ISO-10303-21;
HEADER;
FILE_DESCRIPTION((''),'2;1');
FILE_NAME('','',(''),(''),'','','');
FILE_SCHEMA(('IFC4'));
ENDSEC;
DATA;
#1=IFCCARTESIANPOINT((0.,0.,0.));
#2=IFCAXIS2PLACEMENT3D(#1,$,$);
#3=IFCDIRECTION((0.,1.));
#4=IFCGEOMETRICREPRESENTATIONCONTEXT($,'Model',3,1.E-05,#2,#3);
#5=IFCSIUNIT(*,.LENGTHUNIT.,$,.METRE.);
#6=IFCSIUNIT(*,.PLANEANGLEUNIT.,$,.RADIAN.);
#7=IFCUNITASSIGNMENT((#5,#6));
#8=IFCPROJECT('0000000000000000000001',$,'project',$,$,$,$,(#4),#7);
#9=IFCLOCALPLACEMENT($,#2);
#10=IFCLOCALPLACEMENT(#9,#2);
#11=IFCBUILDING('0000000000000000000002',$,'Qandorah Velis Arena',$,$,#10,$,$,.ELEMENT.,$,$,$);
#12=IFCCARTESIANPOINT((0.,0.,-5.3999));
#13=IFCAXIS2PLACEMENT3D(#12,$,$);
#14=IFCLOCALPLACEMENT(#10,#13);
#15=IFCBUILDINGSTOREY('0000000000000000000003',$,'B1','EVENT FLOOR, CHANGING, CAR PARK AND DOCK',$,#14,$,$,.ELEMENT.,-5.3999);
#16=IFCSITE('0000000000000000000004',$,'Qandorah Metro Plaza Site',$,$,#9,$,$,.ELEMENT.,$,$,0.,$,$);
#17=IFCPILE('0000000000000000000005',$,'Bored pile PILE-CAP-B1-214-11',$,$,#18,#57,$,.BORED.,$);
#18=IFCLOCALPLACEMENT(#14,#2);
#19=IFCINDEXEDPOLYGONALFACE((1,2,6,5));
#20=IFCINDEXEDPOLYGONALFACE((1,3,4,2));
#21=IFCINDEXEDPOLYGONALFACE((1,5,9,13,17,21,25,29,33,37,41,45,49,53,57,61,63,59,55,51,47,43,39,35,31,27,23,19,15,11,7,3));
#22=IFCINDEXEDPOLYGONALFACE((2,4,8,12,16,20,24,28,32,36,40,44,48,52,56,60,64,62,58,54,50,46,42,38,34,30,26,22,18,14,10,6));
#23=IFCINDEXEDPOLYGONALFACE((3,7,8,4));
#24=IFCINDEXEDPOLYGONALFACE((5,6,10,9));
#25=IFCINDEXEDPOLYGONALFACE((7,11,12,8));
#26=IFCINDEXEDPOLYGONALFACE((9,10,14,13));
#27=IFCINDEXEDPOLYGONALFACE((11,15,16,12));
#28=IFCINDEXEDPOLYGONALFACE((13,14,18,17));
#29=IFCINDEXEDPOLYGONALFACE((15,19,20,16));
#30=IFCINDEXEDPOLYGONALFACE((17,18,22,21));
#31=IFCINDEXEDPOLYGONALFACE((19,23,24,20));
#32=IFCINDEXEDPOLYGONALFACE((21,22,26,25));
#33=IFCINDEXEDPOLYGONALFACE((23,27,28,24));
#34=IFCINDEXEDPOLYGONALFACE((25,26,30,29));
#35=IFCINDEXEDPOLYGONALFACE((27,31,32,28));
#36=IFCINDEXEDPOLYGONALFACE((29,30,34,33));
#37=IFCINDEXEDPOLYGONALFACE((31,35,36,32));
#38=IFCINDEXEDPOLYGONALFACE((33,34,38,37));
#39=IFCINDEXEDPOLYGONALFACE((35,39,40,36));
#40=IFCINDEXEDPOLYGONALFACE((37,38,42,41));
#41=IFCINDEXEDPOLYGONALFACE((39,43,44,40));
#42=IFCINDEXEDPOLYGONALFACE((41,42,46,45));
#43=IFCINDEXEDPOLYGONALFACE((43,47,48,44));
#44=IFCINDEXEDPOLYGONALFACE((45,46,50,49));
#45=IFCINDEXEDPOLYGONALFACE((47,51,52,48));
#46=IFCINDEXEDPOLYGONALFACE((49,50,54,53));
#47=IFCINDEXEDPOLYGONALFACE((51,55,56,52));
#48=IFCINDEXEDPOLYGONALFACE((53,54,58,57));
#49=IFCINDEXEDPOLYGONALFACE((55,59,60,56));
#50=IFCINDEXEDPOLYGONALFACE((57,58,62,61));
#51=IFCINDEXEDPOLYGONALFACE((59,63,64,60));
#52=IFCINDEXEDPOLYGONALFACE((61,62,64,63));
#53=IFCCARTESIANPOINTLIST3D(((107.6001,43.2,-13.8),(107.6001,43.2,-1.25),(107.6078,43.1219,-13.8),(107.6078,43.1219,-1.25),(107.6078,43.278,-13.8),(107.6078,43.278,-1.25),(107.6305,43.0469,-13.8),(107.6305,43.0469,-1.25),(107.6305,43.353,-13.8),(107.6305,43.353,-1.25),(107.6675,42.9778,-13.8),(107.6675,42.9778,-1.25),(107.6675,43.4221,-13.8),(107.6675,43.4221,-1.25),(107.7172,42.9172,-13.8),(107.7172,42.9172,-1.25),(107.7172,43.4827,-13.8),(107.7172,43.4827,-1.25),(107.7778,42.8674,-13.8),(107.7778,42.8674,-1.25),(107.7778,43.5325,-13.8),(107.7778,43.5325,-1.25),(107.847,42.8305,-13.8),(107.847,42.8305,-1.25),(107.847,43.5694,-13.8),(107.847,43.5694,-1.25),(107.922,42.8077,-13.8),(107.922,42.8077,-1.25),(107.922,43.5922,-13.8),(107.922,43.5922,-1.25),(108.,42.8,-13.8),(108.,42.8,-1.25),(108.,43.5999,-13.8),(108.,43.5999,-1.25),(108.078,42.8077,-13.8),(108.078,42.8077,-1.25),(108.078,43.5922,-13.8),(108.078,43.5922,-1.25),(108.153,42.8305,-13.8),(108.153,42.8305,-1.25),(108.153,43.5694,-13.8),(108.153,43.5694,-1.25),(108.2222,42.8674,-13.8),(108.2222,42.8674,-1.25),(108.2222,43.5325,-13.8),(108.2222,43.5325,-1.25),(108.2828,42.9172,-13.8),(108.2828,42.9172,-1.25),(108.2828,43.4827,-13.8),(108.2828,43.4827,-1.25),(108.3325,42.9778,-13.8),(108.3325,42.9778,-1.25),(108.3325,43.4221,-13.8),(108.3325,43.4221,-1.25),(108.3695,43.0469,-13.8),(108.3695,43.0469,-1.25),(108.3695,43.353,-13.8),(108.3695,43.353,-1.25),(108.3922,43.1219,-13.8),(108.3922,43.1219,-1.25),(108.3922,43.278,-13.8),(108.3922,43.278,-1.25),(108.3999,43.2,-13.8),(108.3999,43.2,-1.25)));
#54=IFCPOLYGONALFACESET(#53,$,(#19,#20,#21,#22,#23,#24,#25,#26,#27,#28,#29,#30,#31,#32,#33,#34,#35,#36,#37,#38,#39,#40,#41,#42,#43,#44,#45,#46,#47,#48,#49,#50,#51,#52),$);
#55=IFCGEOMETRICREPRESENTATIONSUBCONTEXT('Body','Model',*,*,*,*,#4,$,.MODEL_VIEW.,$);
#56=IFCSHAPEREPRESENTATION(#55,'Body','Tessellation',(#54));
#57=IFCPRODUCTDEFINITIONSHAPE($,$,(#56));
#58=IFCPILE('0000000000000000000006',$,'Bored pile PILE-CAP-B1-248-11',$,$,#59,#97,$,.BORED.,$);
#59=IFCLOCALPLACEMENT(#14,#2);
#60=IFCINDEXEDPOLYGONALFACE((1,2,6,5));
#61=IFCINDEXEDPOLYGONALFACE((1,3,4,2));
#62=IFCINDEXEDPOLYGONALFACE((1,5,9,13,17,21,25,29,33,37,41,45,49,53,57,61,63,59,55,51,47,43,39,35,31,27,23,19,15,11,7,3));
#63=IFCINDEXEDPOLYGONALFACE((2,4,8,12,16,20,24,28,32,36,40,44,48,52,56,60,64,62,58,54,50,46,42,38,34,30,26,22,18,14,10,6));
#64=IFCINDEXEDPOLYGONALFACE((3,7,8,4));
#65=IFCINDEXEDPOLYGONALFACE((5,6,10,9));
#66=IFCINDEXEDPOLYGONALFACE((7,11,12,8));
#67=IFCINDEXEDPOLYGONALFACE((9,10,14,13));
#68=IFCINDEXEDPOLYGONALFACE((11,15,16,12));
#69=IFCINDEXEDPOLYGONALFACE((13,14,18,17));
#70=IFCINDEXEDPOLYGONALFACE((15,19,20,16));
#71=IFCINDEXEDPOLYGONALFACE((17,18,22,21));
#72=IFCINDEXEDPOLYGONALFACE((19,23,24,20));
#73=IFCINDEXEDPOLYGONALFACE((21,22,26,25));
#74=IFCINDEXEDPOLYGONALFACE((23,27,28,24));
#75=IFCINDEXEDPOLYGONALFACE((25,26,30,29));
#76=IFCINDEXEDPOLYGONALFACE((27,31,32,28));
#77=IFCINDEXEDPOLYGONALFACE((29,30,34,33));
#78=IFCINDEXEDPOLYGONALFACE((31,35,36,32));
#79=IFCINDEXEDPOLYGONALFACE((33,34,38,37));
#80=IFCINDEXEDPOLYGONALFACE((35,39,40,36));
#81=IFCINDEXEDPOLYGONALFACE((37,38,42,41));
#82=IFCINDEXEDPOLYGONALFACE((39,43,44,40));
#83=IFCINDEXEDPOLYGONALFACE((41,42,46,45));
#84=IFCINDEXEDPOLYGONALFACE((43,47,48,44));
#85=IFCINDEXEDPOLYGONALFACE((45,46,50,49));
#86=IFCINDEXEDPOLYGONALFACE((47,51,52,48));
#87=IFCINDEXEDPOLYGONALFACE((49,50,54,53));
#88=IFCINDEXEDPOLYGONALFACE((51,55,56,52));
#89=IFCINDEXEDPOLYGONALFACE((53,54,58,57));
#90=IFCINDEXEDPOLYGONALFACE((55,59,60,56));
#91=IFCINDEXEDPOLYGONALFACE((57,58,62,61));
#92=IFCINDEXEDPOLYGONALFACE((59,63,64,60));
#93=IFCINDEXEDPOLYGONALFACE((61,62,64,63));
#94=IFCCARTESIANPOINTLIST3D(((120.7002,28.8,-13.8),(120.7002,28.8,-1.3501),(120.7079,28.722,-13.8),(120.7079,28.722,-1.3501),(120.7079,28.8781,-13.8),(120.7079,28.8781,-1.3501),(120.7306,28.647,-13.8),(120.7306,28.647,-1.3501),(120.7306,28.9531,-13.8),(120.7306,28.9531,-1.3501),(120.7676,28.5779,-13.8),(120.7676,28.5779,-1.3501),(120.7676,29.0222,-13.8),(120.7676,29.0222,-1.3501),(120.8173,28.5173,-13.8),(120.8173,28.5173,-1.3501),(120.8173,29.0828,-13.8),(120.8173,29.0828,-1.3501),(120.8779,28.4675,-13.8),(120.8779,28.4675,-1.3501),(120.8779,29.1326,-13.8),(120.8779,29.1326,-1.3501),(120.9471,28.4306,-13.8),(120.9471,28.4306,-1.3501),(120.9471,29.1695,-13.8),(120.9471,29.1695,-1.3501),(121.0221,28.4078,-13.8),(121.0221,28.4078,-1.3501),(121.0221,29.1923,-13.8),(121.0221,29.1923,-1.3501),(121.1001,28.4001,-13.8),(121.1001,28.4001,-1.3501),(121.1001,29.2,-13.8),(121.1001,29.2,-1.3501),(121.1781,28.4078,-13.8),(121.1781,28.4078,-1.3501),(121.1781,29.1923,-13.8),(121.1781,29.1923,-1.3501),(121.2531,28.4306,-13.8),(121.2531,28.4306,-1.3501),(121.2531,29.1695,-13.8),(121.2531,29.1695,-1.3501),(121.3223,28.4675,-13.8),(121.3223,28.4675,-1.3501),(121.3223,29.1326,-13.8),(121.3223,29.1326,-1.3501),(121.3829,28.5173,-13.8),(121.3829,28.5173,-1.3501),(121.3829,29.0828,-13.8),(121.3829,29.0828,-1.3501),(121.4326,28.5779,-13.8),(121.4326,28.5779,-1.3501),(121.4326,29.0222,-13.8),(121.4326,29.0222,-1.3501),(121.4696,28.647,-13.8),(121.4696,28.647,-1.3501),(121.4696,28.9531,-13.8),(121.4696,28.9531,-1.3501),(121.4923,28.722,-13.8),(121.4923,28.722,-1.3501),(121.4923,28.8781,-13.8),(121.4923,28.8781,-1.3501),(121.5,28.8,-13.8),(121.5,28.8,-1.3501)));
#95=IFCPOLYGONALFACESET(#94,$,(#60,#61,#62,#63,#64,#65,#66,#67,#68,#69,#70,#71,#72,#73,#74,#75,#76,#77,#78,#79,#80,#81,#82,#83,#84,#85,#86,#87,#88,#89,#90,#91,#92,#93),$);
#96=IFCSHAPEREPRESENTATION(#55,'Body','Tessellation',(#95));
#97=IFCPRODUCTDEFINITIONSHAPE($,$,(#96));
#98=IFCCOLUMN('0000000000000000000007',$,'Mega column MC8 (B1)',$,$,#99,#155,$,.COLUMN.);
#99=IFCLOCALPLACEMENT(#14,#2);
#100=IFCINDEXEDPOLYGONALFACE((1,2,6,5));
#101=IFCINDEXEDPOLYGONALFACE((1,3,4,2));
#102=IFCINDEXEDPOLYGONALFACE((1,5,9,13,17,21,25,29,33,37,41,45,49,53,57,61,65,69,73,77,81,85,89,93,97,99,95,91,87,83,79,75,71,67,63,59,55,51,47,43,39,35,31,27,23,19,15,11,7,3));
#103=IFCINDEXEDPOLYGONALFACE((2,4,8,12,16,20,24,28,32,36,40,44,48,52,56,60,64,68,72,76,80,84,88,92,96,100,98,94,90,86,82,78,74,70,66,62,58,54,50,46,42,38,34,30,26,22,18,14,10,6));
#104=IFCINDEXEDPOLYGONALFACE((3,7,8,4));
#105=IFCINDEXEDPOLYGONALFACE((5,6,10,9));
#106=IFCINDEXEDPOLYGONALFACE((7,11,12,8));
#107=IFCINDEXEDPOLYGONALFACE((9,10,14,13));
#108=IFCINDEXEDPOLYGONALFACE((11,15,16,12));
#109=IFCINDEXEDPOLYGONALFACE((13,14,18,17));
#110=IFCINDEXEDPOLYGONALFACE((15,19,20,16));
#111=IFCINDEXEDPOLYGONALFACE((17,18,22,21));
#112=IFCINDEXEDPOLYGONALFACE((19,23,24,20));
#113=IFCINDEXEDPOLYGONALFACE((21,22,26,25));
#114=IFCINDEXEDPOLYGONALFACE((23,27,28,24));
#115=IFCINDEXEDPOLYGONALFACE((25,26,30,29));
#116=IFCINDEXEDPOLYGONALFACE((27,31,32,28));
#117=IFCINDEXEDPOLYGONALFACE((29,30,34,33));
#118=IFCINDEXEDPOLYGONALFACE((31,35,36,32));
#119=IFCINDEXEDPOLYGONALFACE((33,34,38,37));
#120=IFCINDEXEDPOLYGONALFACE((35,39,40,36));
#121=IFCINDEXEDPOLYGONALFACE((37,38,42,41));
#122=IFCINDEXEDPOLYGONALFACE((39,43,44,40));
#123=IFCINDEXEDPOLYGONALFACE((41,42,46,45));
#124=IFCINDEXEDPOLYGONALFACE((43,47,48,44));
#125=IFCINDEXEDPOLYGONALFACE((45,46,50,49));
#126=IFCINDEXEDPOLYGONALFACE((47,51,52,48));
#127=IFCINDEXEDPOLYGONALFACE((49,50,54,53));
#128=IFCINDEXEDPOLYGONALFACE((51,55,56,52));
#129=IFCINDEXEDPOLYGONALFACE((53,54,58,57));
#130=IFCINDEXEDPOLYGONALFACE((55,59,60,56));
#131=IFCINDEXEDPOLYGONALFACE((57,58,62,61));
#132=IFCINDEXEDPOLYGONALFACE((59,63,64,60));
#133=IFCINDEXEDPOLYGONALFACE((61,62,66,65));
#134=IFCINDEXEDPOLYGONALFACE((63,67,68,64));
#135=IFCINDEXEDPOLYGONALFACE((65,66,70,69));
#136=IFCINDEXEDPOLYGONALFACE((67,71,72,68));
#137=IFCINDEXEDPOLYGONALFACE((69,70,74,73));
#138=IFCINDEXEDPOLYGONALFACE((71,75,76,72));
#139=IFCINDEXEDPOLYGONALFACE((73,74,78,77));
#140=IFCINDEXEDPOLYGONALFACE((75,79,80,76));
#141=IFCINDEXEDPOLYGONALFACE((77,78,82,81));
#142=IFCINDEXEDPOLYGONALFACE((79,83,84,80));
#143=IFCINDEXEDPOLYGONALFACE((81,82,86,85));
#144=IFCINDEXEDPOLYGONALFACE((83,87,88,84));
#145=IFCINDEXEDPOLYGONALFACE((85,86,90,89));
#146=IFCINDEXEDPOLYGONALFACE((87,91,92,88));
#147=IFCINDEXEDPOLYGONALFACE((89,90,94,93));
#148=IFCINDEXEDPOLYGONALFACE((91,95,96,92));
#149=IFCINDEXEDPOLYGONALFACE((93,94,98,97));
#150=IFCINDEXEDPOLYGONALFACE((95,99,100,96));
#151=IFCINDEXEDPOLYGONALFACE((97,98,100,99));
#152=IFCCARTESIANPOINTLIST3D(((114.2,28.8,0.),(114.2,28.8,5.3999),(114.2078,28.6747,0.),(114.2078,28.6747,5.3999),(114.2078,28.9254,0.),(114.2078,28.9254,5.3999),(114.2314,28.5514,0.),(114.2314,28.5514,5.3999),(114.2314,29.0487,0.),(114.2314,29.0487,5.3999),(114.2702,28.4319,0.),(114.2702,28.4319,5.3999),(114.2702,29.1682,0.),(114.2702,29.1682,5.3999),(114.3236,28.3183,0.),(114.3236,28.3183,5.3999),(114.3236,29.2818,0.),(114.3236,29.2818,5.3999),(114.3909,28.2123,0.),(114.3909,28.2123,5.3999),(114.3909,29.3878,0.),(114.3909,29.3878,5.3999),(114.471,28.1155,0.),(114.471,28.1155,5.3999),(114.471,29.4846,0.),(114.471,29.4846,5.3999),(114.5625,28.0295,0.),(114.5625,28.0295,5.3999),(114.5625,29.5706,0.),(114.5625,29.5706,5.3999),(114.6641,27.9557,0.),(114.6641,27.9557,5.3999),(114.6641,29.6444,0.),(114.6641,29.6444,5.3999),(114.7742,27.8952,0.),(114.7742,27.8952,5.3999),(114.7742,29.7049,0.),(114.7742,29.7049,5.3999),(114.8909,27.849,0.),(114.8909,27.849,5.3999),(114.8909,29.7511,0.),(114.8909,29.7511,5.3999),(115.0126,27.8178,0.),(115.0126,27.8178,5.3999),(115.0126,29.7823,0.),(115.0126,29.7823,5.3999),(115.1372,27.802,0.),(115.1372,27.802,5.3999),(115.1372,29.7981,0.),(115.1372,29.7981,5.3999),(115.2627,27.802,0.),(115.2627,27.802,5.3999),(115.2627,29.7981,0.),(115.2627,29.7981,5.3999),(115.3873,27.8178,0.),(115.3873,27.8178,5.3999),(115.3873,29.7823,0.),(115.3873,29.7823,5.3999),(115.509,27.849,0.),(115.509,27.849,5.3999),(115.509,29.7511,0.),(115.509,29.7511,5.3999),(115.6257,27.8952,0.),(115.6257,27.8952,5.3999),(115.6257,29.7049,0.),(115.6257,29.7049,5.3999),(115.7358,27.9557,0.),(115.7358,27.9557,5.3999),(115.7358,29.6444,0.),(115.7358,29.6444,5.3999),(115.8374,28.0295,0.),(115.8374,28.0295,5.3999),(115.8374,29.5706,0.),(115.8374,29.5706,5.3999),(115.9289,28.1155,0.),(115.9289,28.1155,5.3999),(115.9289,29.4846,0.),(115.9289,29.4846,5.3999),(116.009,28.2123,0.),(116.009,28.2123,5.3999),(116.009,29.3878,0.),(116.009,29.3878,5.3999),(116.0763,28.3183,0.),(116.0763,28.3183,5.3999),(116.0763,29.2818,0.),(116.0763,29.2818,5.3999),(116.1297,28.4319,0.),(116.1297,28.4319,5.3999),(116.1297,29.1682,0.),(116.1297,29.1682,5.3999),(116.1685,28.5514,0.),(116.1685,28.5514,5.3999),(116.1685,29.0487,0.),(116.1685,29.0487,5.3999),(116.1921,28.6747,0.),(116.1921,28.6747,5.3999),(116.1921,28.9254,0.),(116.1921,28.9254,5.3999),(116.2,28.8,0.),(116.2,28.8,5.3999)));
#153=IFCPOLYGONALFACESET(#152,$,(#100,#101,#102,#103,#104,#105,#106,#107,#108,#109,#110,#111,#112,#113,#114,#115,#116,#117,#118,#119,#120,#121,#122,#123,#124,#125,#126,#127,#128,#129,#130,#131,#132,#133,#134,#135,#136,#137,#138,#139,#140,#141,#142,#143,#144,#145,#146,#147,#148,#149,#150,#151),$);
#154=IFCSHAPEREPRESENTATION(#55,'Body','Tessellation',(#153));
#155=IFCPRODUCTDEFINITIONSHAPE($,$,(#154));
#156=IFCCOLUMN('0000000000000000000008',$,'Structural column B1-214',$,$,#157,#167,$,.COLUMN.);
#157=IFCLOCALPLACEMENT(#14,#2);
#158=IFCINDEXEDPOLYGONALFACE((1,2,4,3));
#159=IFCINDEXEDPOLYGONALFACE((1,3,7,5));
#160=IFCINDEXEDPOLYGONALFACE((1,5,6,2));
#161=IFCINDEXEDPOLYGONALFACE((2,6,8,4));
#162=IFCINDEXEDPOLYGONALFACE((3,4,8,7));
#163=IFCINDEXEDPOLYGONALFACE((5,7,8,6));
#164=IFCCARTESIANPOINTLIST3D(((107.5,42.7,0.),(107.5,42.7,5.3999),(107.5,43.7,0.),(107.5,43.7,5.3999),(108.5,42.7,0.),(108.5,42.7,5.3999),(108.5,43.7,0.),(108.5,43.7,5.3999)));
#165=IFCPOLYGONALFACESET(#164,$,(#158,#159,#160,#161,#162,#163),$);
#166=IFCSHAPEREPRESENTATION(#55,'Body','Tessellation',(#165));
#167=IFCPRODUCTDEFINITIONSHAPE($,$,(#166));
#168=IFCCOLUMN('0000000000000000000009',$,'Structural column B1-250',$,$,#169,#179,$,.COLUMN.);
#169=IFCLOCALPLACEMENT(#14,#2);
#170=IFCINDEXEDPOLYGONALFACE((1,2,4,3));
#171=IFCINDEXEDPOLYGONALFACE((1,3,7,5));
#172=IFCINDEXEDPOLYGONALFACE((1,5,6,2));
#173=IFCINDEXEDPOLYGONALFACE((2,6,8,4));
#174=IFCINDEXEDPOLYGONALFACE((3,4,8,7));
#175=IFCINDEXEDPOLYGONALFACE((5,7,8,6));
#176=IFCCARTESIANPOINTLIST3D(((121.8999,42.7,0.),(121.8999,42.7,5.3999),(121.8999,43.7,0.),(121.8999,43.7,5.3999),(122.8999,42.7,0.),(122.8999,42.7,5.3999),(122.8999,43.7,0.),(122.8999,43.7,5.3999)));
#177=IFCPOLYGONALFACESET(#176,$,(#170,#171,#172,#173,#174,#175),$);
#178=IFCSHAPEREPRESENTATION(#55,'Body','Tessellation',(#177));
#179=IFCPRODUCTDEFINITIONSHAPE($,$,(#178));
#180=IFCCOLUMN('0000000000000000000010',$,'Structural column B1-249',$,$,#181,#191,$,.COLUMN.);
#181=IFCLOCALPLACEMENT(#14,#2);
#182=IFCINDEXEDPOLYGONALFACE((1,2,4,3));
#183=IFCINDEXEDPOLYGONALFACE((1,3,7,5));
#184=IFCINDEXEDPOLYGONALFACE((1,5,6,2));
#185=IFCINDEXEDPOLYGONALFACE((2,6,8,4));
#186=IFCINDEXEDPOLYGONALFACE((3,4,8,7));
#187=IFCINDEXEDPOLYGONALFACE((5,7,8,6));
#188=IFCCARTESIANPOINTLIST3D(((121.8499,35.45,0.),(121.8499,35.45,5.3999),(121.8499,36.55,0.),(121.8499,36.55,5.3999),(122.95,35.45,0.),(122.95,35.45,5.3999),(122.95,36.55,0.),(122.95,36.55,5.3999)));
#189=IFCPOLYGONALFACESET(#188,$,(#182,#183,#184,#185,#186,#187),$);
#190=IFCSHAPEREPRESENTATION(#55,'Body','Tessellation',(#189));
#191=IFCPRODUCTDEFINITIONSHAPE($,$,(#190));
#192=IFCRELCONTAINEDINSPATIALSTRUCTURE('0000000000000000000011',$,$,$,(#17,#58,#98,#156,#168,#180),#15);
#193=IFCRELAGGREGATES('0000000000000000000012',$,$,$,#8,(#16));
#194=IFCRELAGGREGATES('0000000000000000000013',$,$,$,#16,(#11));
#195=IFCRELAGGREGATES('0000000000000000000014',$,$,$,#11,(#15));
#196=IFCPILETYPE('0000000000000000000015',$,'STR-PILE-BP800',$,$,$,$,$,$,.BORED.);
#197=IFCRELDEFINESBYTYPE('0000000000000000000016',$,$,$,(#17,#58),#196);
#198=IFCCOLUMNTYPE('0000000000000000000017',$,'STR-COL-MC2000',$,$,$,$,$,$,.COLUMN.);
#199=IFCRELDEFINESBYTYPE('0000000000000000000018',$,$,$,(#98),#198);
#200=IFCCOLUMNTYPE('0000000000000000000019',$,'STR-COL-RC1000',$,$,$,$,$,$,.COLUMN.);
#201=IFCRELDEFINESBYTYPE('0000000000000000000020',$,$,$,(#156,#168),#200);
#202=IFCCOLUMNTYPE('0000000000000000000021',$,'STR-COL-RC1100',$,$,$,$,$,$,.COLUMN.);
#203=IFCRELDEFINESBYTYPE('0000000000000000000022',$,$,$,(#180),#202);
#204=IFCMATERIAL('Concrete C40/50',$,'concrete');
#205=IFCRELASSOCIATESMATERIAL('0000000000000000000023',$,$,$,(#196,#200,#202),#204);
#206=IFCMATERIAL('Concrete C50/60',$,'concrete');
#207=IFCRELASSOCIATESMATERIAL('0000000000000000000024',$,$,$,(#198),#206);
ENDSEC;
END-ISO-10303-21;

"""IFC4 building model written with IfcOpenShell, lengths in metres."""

from ifc_helpers import new_model, si_unit, direction, frame, origin, origin_2d, place, context, subcontext, project, spatial, rectangle, circle, extrude, material, material_profile, profile_set, type_object, element, save


model = new_model("IFC4")

# Units and contexts
model_context = context("Model", 3, precision=1e-05, world=origin(), true_north=direction((0.0, 1.0)))
body_context = subcontext(model_context, "Body", "Model", "MODEL_VIEW")
ifc_project = project(units=[si_unit("LENGTHUNIT", "METRE"), si_unit("PLANEANGLEUNIT", "RADIAN")], contexts=[model_context])

# Site, building, storey
site_placement = place(None, origin())
site = spatial("IfcSite", under=ifc_project, at=site_placement, Name="Qandorah Metro Plaza Site", CompositionType="ELEMENT", RefElevation=0.0)
building_placement = place(site_placement, origin())
building = spatial("IfcBuilding", under=site, at=building_placement, Name="Qandorah Velis Arena", CompositionType="ELEMENT")
storey_placement = place(building_placement, frame((0.0, 0.0, -5.3999)))
storey = spatial("IfcBuildingStorey", under=building, at=storey_placement, Name="B1", Description="EVENT FLOOR, CHANGING, CAR PARK AND DOCK", CompositionType="ELEMENT", Elevation=-5.3999)

# Shared definitions
ifc_material_1 = material(Name="Concrete C40/50", Category="concrete")

# Piles
ifc_material_profile_1 = material_profile(ifc_material_1, circle(Radius=0.3999, at=origin_2d()), Name="BORED PILE D800")
ifc_profile_set_1 = profile_set([ifc_material_profile_1], Name="Concrete C40/50")
pile_type_1 = type_object("IfcPileType", Name="STR-PILE-BP800", PredefinedType="BORED", material=ifc_profile_set_1)
pile_1_placement = place(storey_placement, frame((108.0, 43.2, -1.25), z_axis=(0.0, 0.0, -1.0), x_axis=(1.0, 0.0, 0.0)))
element("IfcPile", 1, at=pile_1_placement, inside=storey, type_object=pile_type_1, Name="Bored pile PILE-CAP-B1-214-11", PredefinedType="BORED", context=body_context, shape_type="SweptSolid", body=[
    extrude(circle(Radius=0.3999, at=origin_2d()), origin(), (0.0, 0.0, 1.0), 12.55),
])
pile_2_placement = place(storey_placement, frame((121.1001, 28.8, -1.3501), z_axis=(0.0, 0.0, -1.0), x_axis=(1.0, 0.0, 0.0)))
element("IfcPile", 2, at=pile_2_placement, inside=storey, type_object=pile_type_1, Name="Bored pile PILE-CAP-B1-248-11", PredefinedType="BORED", context=body_context, shape_type="SweptSolid", body=[
    extrude(circle(Radius=0.3999, at=origin_2d()), origin(), (0.0, 0.0, 1.0), 12.45),
])

# Columns
ifc_material_2 = material(Name="Concrete C50/60", Category="concrete")
ifc_material_profile_2 = material_profile(ifc_material_2, circle(Radius=1.0, at=origin_2d()), Name="MC D2000")
ifc_profile_set_2 = profile_set([ifc_material_profile_2], Name="Concrete C50/60")
column_type_1 = type_object("IfcColumnType", Name="STR-COL-MC2000", PredefinedType="COLUMN", material=ifc_profile_set_2)
column_1_placement = place(storey_placement, frame((115.2, 28.8, 0.0), z_axis=(0.0, 0.0, 1.0), x_axis=(1.0, 0.0, 0.0)))
element("IfcColumn", 3, at=column_1_placement, inside=storey, type_object=column_type_1, Name="Mega column MC8 (B1)", PredefinedType="COLUMN", context=body_context, shape_type="SweptSolid", body=[
    extrude(circle(Radius=1.0, at=origin_2d()), origin(), (0.0, 0.0, 1.0), 5.3999),
])
ifc_material_profile_3 = material_profile(ifc_material_1, rectangle(XDim=1.0, YDim=1.0, at=origin_2d()), Name="RC COL 1000x1000")
ifc_profile_set_3 = profile_set([ifc_material_profile_3], Name="Concrete C40/50")
column_type_2 = type_object("IfcColumnType", Name="STR-COL-RC1000", PredefinedType="COLUMN", material=ifc_profile_set_3)
for number, where, z_axis, x_axis, name in (
    (4, (108.0, 43.2, 0.0), (0.0, 0.0, 1.0), (1.0, 0.0, 0.0), "Structural column B1-214"),
    (5, (122.3999, 43.2, 0.0), (0.0, 0.0, 1.0), (1.0, 0.0, 0.0), "Structural column B1-250"),
):
    element("IfcColumn", number, at=place(storey_placement, frame(where, z_axis=z_axis, x_axis=x_axis)), inside=storey, type_object=column_type_2, Name=name, PredefinedType="COLUMN", context=body_context, shape_type="SweptSolid", body=[
        extrude(rectangle(XDim=1.0, YDim=1.0, at=origin_2d()), origin(), (0.0, 0.0, 1.0), 5.3999),
    ])
ifc_material_profile_4 = material_profile(ifc_material_1, rectangle(XDim=1.1001, YDim=1.1001, at=origin_2d()), Name="RC COL 1100x1100")
ifc_profile_set_4 = profile_set([ifc_material_profile_4], Name="Concrete C40/50")
column_type_3 = type_object("IfcColumnType", Name="STR-COL-RC1100", PredefinedType="COLUMN", material=ifc_profile_set_4)
column_2_placement = place(storey_placement, frame((122.3999, 36.0, 0.0), z_axis=(0.0, 0.0, 1.0), x_axis=(1.0, 0.0, 0.0)))
element("IfcColumn", 6, at=column_2_placement, inside=storey, type_object=column_type_3, Name="Structural column B1-249", PredefinedType="COLUMN", context=body_context, shape_type="SweptSolid", body=[
    extrude(rectangle(XDim=1.1001, YDim=1.1001, at=origin_2d()), origin(), (0.0, 0.0, 1.0), 5.3999),
])

save(model, "model.ifc")
